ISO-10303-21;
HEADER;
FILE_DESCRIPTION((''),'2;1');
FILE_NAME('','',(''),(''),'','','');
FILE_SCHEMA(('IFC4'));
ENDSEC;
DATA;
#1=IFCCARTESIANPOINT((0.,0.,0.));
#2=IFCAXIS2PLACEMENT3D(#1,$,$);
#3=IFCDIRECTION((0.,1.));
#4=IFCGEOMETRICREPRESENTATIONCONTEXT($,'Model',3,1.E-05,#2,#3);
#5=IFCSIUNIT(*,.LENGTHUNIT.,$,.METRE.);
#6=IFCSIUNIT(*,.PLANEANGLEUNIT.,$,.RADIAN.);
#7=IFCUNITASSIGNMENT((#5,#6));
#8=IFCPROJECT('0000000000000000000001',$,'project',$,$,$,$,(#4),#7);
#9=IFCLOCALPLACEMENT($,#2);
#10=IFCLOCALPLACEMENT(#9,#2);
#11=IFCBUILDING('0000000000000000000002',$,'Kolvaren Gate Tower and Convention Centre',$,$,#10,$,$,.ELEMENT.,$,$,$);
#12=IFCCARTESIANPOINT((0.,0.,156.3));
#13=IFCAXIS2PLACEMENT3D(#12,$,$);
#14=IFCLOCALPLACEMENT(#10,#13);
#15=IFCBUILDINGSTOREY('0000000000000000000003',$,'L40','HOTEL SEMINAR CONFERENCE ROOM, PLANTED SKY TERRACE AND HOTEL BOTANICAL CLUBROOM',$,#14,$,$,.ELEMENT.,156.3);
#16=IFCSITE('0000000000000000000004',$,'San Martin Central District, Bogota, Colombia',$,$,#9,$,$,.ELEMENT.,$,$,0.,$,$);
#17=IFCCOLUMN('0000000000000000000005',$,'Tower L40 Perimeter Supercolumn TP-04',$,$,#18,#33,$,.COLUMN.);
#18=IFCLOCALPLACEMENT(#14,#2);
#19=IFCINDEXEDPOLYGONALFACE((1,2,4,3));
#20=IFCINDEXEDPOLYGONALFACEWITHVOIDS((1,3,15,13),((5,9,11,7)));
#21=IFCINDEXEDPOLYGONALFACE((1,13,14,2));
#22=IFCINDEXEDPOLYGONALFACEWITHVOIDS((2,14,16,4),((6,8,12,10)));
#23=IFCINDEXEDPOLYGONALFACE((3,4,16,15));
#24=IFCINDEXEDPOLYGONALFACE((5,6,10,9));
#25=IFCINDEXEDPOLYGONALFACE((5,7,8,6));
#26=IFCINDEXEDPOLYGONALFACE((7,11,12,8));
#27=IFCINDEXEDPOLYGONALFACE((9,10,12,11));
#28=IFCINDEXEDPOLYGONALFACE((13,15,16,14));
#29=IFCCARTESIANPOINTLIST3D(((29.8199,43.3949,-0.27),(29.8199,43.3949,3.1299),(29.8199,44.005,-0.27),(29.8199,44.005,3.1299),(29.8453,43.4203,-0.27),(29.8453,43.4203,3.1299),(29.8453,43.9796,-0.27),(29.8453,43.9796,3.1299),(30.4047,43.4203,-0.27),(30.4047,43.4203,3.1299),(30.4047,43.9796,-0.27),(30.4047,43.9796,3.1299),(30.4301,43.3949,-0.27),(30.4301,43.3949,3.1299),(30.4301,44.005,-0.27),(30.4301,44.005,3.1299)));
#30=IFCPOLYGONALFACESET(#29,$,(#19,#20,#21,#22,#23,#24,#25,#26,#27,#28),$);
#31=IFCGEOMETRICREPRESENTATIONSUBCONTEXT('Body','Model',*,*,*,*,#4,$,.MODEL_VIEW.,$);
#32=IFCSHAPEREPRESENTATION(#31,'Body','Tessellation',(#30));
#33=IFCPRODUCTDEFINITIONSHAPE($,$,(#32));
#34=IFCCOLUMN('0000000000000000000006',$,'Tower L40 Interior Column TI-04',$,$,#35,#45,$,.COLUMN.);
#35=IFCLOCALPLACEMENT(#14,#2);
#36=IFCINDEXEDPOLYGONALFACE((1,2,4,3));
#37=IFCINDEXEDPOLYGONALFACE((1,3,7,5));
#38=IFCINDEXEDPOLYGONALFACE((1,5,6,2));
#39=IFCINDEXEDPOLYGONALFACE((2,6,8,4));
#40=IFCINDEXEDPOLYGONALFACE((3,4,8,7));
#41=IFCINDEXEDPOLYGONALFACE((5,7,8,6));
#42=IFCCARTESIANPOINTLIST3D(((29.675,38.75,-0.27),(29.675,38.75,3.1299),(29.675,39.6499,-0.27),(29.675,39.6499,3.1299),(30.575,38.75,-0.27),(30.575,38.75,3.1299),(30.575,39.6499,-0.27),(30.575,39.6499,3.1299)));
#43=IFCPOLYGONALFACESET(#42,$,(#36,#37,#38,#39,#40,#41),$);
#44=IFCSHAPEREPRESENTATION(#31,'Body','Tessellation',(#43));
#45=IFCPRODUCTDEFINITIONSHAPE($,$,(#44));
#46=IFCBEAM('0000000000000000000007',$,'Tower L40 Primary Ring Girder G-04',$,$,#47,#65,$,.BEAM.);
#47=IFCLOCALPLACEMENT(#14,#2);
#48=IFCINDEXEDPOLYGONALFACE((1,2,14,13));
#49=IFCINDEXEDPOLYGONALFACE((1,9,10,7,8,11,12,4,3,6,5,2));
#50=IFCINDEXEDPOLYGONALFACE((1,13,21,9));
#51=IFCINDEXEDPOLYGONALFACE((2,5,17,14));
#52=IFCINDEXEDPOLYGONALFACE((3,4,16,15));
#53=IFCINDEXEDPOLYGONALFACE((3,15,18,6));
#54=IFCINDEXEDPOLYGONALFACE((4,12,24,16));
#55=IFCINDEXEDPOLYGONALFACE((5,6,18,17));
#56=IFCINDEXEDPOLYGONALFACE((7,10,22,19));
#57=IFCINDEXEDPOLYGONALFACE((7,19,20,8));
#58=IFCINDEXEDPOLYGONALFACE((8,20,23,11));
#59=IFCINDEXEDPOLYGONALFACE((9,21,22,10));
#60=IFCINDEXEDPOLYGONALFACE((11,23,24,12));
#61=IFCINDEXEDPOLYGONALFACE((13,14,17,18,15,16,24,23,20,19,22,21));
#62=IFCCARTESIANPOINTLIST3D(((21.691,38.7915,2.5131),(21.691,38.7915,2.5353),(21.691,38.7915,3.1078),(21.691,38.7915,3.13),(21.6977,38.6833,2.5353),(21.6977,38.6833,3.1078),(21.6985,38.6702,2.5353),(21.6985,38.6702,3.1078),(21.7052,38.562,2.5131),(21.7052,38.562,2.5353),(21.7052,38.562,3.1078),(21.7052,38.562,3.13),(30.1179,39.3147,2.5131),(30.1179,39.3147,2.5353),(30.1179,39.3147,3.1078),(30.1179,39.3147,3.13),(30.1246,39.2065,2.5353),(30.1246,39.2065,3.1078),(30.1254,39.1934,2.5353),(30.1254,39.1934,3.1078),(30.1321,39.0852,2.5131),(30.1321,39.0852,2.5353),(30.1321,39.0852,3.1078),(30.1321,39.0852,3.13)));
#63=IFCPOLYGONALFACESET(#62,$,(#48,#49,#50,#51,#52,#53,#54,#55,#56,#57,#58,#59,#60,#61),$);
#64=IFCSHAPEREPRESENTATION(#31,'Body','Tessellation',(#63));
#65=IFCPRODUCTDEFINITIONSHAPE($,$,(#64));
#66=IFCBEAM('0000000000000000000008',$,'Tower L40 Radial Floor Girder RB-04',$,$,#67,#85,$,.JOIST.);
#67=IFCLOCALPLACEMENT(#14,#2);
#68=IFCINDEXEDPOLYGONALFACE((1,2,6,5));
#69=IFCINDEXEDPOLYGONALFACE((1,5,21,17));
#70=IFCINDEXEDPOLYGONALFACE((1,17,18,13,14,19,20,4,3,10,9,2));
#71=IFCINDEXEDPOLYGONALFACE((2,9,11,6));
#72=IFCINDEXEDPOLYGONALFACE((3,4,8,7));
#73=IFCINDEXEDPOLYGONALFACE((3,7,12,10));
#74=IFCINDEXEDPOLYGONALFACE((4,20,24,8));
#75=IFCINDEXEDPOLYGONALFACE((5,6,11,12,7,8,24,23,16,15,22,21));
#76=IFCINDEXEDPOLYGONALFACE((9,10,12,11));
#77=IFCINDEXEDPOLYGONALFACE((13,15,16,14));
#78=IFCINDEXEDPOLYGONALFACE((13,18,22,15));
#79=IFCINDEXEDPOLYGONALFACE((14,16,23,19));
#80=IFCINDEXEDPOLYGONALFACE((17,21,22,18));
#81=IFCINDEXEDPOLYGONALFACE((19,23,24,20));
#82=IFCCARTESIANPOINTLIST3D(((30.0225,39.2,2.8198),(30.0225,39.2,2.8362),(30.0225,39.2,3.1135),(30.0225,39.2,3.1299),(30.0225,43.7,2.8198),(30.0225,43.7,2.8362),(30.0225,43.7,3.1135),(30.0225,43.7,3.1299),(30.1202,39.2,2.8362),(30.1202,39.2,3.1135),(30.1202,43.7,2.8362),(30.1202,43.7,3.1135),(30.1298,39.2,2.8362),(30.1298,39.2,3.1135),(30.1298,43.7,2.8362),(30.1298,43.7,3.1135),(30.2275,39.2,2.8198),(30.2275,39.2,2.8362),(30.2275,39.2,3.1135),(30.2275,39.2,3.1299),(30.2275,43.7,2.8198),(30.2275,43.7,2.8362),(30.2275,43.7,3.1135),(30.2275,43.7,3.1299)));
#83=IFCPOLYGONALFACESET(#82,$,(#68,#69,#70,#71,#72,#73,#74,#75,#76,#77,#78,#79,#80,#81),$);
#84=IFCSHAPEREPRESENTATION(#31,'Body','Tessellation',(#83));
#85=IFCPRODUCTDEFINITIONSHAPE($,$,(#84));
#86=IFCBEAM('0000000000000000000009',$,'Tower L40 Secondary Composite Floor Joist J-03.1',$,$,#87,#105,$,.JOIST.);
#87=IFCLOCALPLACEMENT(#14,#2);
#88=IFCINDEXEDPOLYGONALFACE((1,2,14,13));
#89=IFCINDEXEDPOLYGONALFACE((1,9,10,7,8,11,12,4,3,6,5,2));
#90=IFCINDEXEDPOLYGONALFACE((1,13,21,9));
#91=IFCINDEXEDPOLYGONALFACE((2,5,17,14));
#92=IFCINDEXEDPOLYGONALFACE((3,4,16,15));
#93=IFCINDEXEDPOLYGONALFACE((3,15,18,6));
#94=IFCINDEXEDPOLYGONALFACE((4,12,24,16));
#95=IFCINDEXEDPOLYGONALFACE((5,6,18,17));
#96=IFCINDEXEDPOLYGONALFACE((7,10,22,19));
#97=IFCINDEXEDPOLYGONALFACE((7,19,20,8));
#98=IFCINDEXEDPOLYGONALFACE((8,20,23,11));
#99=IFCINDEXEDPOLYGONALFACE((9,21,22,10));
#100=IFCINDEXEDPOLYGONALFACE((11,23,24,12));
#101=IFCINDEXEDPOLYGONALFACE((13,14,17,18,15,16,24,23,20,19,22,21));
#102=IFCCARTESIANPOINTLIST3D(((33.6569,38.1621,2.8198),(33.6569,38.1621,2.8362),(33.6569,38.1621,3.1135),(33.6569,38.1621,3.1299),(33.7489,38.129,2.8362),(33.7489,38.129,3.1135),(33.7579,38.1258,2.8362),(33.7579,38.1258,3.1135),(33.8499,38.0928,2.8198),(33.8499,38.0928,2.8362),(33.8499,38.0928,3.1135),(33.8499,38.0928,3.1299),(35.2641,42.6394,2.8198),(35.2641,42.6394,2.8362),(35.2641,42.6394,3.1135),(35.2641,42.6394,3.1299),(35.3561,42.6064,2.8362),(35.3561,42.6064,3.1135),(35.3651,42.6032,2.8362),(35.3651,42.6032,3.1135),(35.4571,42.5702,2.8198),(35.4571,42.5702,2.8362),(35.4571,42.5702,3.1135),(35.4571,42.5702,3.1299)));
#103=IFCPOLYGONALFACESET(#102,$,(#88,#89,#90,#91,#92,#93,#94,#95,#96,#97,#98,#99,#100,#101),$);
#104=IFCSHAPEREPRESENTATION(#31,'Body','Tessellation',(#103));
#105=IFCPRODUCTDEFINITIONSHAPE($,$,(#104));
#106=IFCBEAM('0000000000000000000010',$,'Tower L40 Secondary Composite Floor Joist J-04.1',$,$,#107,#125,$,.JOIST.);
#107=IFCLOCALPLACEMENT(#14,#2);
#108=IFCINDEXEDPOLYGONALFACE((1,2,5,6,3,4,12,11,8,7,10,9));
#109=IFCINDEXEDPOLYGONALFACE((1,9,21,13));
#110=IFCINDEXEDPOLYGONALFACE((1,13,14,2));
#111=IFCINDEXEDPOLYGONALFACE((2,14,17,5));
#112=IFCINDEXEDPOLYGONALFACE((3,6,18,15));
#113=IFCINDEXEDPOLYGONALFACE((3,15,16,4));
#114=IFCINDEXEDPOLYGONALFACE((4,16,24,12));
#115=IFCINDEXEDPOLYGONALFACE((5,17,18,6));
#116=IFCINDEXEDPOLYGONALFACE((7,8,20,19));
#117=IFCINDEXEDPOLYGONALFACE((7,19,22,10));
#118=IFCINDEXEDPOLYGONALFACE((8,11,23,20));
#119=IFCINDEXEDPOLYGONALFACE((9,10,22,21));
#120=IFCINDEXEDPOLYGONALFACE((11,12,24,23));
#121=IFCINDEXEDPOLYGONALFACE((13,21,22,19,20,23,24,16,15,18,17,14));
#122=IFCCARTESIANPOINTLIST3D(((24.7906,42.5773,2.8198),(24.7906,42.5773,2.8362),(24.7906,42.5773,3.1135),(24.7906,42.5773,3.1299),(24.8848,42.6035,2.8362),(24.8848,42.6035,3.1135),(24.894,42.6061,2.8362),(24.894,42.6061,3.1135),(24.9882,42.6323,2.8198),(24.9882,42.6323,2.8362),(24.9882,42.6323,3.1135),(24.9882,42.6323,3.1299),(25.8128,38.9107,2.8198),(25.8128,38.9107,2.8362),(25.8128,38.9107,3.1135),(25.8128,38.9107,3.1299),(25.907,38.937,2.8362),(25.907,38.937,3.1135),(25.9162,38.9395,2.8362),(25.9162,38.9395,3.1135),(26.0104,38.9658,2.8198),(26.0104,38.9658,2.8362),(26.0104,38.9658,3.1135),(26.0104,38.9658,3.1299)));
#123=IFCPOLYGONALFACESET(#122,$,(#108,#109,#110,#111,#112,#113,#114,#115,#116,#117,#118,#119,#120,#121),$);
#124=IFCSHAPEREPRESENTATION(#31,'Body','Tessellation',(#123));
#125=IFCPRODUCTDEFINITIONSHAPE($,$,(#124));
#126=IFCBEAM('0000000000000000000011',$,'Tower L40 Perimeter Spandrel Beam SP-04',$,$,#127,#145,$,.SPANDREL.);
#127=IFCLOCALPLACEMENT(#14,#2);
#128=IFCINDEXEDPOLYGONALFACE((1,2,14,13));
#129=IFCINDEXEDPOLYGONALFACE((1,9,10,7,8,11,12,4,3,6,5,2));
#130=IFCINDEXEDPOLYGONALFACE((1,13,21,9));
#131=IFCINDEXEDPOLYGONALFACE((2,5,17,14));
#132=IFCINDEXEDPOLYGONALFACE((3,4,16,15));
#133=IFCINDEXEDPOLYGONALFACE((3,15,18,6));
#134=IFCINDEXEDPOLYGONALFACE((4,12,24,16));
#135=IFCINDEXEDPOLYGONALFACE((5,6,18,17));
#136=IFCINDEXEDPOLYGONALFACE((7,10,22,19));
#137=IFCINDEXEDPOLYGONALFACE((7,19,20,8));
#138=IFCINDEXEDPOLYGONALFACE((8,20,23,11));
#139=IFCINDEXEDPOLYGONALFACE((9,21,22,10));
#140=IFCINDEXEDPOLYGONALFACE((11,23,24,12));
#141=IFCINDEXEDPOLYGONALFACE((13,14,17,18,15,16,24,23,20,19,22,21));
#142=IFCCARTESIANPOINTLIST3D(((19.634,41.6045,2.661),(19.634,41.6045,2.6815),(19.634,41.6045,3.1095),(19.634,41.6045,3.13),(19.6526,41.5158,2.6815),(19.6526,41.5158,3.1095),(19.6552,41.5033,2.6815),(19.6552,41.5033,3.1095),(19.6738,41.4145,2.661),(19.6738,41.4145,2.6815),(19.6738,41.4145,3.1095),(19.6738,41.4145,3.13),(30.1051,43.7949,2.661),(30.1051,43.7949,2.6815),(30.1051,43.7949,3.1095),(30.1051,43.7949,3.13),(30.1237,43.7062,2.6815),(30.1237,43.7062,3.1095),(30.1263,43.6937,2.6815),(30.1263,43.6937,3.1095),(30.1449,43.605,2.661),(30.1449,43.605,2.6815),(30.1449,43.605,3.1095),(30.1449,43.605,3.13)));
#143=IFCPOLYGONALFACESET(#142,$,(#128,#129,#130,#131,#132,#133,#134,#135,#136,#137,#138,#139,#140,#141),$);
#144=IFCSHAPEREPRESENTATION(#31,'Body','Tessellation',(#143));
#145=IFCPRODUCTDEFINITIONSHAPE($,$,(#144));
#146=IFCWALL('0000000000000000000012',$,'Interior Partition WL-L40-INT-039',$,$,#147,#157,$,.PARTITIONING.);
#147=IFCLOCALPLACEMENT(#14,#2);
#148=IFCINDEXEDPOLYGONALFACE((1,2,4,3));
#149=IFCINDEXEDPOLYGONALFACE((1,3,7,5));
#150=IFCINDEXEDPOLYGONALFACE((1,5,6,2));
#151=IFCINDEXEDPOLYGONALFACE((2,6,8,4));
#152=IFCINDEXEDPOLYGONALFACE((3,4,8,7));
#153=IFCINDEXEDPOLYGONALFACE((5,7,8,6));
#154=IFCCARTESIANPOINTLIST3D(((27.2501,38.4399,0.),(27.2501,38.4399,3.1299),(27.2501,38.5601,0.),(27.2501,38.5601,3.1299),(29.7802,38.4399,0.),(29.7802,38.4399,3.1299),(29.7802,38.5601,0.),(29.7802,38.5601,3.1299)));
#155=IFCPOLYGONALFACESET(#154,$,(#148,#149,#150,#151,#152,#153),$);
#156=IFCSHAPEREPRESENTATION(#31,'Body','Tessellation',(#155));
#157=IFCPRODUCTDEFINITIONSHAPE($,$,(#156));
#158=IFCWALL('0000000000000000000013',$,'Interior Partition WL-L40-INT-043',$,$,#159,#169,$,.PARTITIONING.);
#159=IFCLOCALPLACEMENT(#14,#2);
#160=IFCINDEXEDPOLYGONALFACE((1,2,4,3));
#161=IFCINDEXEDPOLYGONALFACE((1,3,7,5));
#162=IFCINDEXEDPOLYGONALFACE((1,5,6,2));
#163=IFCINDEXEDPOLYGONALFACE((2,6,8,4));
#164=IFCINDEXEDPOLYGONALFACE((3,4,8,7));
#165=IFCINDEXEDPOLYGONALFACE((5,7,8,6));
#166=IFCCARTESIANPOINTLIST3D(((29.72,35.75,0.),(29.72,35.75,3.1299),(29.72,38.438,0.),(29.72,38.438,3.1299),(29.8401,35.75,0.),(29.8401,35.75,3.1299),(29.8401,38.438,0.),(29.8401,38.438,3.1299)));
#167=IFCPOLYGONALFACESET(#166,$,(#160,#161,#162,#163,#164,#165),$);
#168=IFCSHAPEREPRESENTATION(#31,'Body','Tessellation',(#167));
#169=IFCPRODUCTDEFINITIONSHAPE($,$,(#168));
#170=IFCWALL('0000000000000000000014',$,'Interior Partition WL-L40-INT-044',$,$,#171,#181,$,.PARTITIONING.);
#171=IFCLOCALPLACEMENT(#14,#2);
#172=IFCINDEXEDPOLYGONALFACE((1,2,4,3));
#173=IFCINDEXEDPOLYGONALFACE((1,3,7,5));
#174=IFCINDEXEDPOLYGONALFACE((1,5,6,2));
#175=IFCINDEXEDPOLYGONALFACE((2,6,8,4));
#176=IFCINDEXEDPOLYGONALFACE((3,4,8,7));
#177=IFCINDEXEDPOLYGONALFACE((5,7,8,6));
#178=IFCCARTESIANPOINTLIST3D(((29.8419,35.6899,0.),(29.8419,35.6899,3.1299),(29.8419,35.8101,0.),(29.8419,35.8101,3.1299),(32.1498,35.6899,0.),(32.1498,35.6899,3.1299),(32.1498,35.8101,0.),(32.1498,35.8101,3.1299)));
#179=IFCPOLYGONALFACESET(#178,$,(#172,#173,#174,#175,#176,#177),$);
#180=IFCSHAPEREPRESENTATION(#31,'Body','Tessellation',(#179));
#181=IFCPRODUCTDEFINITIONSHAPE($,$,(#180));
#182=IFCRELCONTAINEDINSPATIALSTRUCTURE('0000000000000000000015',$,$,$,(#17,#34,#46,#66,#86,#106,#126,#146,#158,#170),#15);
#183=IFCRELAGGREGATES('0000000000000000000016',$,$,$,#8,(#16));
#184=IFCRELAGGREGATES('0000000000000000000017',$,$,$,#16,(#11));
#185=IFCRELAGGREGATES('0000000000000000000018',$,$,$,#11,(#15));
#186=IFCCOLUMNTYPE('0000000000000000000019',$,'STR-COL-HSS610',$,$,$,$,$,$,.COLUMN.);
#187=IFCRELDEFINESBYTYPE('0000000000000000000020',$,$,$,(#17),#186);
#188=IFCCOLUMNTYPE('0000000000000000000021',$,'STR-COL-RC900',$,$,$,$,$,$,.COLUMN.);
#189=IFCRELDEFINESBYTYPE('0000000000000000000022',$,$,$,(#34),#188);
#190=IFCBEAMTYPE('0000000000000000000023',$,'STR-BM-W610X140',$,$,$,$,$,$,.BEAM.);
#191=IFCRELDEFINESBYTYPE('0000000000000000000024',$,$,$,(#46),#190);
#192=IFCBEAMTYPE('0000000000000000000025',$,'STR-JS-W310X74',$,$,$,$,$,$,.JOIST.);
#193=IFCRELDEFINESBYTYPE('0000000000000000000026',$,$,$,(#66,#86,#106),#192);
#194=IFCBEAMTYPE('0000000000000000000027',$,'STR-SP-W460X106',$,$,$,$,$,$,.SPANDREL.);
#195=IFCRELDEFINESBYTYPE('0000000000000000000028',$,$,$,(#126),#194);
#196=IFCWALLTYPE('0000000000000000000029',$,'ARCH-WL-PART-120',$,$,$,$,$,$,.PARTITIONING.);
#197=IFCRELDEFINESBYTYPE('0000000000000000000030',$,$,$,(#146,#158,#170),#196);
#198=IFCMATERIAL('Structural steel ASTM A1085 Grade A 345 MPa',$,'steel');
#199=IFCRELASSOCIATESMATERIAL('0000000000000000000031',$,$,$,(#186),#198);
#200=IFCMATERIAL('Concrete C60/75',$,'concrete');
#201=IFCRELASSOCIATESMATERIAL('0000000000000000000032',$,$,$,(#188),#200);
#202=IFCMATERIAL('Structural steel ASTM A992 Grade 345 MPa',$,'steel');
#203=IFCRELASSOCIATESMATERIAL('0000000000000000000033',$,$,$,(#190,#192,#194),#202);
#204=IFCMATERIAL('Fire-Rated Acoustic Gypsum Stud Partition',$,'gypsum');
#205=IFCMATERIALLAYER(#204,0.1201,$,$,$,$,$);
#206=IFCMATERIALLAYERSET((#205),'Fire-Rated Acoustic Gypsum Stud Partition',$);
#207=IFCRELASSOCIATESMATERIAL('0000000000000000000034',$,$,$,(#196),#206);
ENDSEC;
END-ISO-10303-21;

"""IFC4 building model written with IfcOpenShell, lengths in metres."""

from ifc_helpers import new_model, si_unit, direction, frame, frame_2d, origin, origin_2d, place, context, subcontext, project, spatial, rectangle, hollow_rectangle, i_section, extrude, material, layer, layer_set, material_profile, profile_set, type_object, element, save


model = new_model("IFC4")

# Units and contexts
model_context = context("Model", 3, precision=1e-05, world=origin(), true_north=direction((0.0, 1.0)))
body_context = subcontext(model_context, "Body", "Model", "MODEL_VIEW")
ifc_project = project(units=[si_unit("LENGTHUNIT", "METRE"), si_unit("PLANEANGLEUNIT", "RADIAN")], contexts=[model_context])

# Site, building, storey
site_placement = place(None, origin())
site = spatial("IfcSite", under=ifc_project, at=site_placement, Name="San Martin Central District, Bogota, Colombia", CompositionType="ELEMENT", RefElevation=0.0)
building_placement = place(site_placement, origin())
building = spatial("IfcBuilding", under=site, at=building_placement, Name="Kolvaren Gate Tower and Convention Centre", CompositionType="ELEMENT")
storey_placement = place(building_placement, frame((0.0, 0.0, 156.3)))
storey = spatial("IfcBuildingStorey", under=building, at=storey_placement, Name="L40", Description="HOTEL SEMINAR CONFERENCE ROOM, PLANTED SKY TERRACE AND HOTEL BOTANICAL CLUBROOM", CompositionType="ELEMENT", Elevation=156.3)

# Columns
ifc_material_1 = material(Name="Structural steel ASTM A1085 Grade A 345 MPa", Category="steel")
ifc_material_profile_1 = material_profile(ifc_material_1, hollow_rectangle(XDim=0.6101, YDim=0.6101, WallThickness=0.0254, at=origin_2d()), Name="HSS610X610X25.4")
ifc_profile_set_1 = profile_set([ifc_material_profile_1], Name="Structural steel ASTM A1085 Grade A 345 MPa")
column_type_1 = type_object("IfcColumnType", Name="STR-COL-HSS610", PredefinedType="COLUMN", material=ifc_profile_set_1)
column_1_placement = place(storey_placement, frame((30.125, 43.7, -0.27), z_axis=(0.0, 0.0, 1.0), x_axis=(1.0, 0.0, 0.0)))
element("IfcColumn", 1, at=column_1_placement, inside=storey, type_object=column_type_1, Name="Tower L40 Perimeter Supercolumn TP-04", PredefinedType="COLUMN", context=body_context, shape_type="SweptSolid", body=[
    extrude(hollow_rectangle(XDim=0.6101, YDim=0.6101, WallThickness=0.0254, at=origin_2d()), origin(), (0.0, 0.0, 1.0), 3.3999),
])
ifc_material_2 = material(Name="Concrete C60/75", Category="concrete")
ifc_material_profile_2 = material_profile(ifc_material_2, rectangle(XDim=0.8999, YDim=0.8999, at=origin_2d()), Name="RC-COL-900X900")
ifc_profile_set_2 = profile_set([ifc_material_profile_2], Name="Concrete C60/75")
column_type_2 = type_object("IfcColumnType", Name="STR-COL-RC900", PredefinedType="COLUMN", material=ifc_profile_set_2)
column_2_placement = place(storey_placement, frame((30.125, 39.2, -0.27), z_axis=(0.0, 0.0, 1.0), x_axis=(1.0, 0.0, 0.0)))
element("IfcColumn", 2, at=column_2_placement, inside=storey, type_object=column_type_2, Name="Tower L40 Interior Column TI-04", PredefinedType="COLUMN", context=body_context, shape_type="SweptSolid", body=[
    extrude(rectangle(XDim=0.8999, YDim=0.8999, at=origin_2d()), origin(), (0.0, 0.0, 1.0), 3.3999),
])

# Beams
ifc_material_3 = material(Name="Structural steel ASTM A992 Grade 345 MPa", Category="steel")
ifc_material_profile_3 = material_profile(ifc_material_3, i_section(OverallWidth=0.23, OverallDepth=0.6169, WebThickness=0.0132, FlangeThickness=0.0222, at=origin_2d()), Name="W610X140")
ifc_profile_set_3 = profile_set([ifc_material_profile_3], Name="Structural steel ASTM A992 Grade 345 MPa")
beam_type_1 = type_object("IfcBeamType", Name="STR-BM-W610X140", PredefinedType="BEAM", material=ifc_profile_set_3)
beam_1_placement = place(storey_placement, frame((30.125, 39.2, 2.8215), z_axis=(-0.998078, -0.061966, 0.0), x_axis=(0.061966, -0.998078, 0.0)))
element("IfcBeam", 3, at=beam_1_placement, inside=storey, type_object=beam_type_1, Name="Tower L40 Primary Ring Girder G-04", PredefinedType="BEAM", context=body_context, shape_type="SweptSolid", body=[
    extrude(i_section(OverallWidth=0.23, OverallDepth=0.6169, WebThickness=0.0132, FlangeThickness=0.0222, at=origin_2d()), origin(), (0.0, 0.0, 1.0), 8.4431),
])
ifc_material_profile_4 = material_profile(ifc_material_3, i_section(OverallWidth=0.2051, OverallDepth=0.3101, WebThickness=0.0095, FlangeThickness=0.0164, at=origin_2d()), Name="W310X74")
ifc_profile_set_4 = profile_set([ifc_material_profile_4], Name="Structural steel ASTM A992 Grade 345 MPa")
beam_type_2 = type_object("IfcBeamType", Name="STR-JS-W310X74", PredefinedType="JOIST", material=ifc_profile_set_4)
beam_2_placement = place(storey_placement, frame((30.125, 39.2, 2.9749), z_axis=(0.0, 1.0, 0.0), x_axis=(-1.0, 0.0, 0.0)))
element("IfcBeam", 4, at=beam_2_placement, inside=storey, type_object=beam_type_2, Name="Tower L40 Radial Floor Girder RB-04", PredefinedType="JOIST", context=body_context, shape_type="SweptSolid", body=[
    extrude(i_section(OverallWidth=0.2051, OverallDepth=0.3101, WebThickness=0.0095, FlangeThickness=0.0164, at=origin_2d()), origin(), (0.0, 0.0, 1.0), 4.5),
])
beam_3_placement = place(storey_placement, frame((33.7534, 38.1274, 2.9749), z_axis=(0.337854, 0.941198, 0.0), x_axis=(-0.941198, 0.337854, 0.0)))
element("IfcBeam", 5, at=beam_3_placement, inside=storey, type_object=beam_type_2, Name="Tower L40 Secondary Composite Floor Joist J-03.1", PredefinedType="JOIST", context=body_context, shape_type="SweptSolid", body=[
    extrude(i_section(OverallWidth=0.2051, OverallDepth=0.3101, WebThickness=0.0095, FlangeThickness=0.0164, at=origin_2d()), origin(), (0.0, 0.0, 1.0), 4.7571),
])
beam_4_placement = place(storey_placement, frame((25.9116, 38.9382, 2.9749), z_axis=(-0.268557, 0.963264, 0.0), x_axis=(-0.963264, -0.268557, 0.0)))
element("IfcBeam", 6, at=beam_4_placement, inside=storey, type_object=beam_type_2, Name="Tower L40 Secondary Composite Floor Joist J-04.1", PredefinedType="JOIST", context=body_context, shape_type="SweptSolid", body=[
    extrude(i_section(OverallWidth=0.2051, OverallDepth=0.3101, WebThickness=0.0095, FlangeThickness=0.0164, at=origin_2d()), origin(), (0.0, 0.0, 1.0), 3.8064),
])
ifc_material_profile_5 = material_profile(ifc_material_3, i_section(OverallWidth=0.1941, OverallDepth=0.469, WebThickness=0.0127, FlangeThickness=0.0205, at=origin_2d()), Name="W460X106")
ifc_profile_set_5 = profile_set([ifc_material_profile_5], Name="Structural steel ASTM A992 Grade 345 MPa")
beam_type_3 = type_object("IfcBeamType", Name="STR-SP-W460X106", PredefinedType="SPANDREL", material=ifc_profile_set_5)
beam_5_placement = place(storey_placement, frame((30.125, 43.7, 2.8955), z_axis=(-0.978813, -0.204754, 0.0), x_axis=(0.204754, -0.978813, 0.0)))
element("IfcBeam", 7, at=beam_5_placement, inside=storey, type_object=beam_type_3, Name="Tower L40 Perimeter Spandrel Beam SP-04", PredefinedType="SPANDREL", context=body_context, shape_type="SweptSolid", body=[
    extrude(i_section(OverallWidth=0.1941, OverallDepth=0.469, WebThickness=0.0127, FlangeThickness=0.0205, at=origin_2d()), origin(), (0.0, 0.0, 1.0), 10.6978),
])

# Walls
ifc_material_4 = material(Name="Fire-Rated Acoustic Gypsum Stud Partition", Category="gypsum")
ifc_layer_1 = layer(ifc_material_4, 0.1201)
ifc_layer_set_1 = layer_set([ifc_layer_1], Name="Fire-Rated Acoustic Gypsum Stud Partition")
wall_type_1 = type_object("IfcWallType", Name="ARCH-WL-PART-120", PredefinedType="PARTITIONING", material=ifc_layer_set_1)
wall_1_placement = place(storey_placement, frame((27.25, 38.5, 0.0), z_axis=(0.0, 0.0, 1.0), x_axis=(1.0, 0.0, 0.0)))
element("IfcWall", 8, at=wall_1_placement, inside=storey, type_object=wall_type_1, Name="Interior Partition WL-L40-INT-039", PredefinedType="PARTITIONING", context=body_context, shape_type="SweptSolid", body=[
    extrude(rectangle(XDim=2.53, YDim=0.1201, at=frame_2d((1.2651, 0.0))), origin(), (0.0, 0.0, 1.0), 3.1299),
])
wall_2_placement = place(storey_placement, frame((29.78, 35.75, 0.0), z_axis=(0.0, 0.0, 1.0), x_axis=(0.0, 1.0, 0.0)))
element("IfcWall", 9, at=wall_2_placement, inside=storey, type_object=wall_type_1, Name="Interior Partition WL-L40-INT-043", PredefinedType="PARTITIONING", context=body_context, shape_type="SweptSolid", body=[
    extrude(rectangle(XDim=2.688, YDim=0.1201, at=frame_2d((1.344, 0.0))), origin(), (0.0, 0.0, 1.0), 3.1299),
])
wall_3_placement = place(storey_placement, frame((29.842, 35.75, 0.0), z_axis=(0.0, 0.0, 1.0), x_axis=(1.0, 0.0, 0.0)))
element("IfcWall", 10, at=wall_3_placement, inside=storey, type_object=wall_type_1, Name="Interior Partition WL-L40-INT-044", PredefinedType="PARTITIONING", context=body_context, shape_type="SweptSolid", body=[
    extrude(rectangle(XDim=2.3079, YDim=0.1201, at=frame_2d((1.1538, 0.0))), origin(), (0.0, 0.0, 1.0), 3.1299),
])

save(model, "model.ifc")
